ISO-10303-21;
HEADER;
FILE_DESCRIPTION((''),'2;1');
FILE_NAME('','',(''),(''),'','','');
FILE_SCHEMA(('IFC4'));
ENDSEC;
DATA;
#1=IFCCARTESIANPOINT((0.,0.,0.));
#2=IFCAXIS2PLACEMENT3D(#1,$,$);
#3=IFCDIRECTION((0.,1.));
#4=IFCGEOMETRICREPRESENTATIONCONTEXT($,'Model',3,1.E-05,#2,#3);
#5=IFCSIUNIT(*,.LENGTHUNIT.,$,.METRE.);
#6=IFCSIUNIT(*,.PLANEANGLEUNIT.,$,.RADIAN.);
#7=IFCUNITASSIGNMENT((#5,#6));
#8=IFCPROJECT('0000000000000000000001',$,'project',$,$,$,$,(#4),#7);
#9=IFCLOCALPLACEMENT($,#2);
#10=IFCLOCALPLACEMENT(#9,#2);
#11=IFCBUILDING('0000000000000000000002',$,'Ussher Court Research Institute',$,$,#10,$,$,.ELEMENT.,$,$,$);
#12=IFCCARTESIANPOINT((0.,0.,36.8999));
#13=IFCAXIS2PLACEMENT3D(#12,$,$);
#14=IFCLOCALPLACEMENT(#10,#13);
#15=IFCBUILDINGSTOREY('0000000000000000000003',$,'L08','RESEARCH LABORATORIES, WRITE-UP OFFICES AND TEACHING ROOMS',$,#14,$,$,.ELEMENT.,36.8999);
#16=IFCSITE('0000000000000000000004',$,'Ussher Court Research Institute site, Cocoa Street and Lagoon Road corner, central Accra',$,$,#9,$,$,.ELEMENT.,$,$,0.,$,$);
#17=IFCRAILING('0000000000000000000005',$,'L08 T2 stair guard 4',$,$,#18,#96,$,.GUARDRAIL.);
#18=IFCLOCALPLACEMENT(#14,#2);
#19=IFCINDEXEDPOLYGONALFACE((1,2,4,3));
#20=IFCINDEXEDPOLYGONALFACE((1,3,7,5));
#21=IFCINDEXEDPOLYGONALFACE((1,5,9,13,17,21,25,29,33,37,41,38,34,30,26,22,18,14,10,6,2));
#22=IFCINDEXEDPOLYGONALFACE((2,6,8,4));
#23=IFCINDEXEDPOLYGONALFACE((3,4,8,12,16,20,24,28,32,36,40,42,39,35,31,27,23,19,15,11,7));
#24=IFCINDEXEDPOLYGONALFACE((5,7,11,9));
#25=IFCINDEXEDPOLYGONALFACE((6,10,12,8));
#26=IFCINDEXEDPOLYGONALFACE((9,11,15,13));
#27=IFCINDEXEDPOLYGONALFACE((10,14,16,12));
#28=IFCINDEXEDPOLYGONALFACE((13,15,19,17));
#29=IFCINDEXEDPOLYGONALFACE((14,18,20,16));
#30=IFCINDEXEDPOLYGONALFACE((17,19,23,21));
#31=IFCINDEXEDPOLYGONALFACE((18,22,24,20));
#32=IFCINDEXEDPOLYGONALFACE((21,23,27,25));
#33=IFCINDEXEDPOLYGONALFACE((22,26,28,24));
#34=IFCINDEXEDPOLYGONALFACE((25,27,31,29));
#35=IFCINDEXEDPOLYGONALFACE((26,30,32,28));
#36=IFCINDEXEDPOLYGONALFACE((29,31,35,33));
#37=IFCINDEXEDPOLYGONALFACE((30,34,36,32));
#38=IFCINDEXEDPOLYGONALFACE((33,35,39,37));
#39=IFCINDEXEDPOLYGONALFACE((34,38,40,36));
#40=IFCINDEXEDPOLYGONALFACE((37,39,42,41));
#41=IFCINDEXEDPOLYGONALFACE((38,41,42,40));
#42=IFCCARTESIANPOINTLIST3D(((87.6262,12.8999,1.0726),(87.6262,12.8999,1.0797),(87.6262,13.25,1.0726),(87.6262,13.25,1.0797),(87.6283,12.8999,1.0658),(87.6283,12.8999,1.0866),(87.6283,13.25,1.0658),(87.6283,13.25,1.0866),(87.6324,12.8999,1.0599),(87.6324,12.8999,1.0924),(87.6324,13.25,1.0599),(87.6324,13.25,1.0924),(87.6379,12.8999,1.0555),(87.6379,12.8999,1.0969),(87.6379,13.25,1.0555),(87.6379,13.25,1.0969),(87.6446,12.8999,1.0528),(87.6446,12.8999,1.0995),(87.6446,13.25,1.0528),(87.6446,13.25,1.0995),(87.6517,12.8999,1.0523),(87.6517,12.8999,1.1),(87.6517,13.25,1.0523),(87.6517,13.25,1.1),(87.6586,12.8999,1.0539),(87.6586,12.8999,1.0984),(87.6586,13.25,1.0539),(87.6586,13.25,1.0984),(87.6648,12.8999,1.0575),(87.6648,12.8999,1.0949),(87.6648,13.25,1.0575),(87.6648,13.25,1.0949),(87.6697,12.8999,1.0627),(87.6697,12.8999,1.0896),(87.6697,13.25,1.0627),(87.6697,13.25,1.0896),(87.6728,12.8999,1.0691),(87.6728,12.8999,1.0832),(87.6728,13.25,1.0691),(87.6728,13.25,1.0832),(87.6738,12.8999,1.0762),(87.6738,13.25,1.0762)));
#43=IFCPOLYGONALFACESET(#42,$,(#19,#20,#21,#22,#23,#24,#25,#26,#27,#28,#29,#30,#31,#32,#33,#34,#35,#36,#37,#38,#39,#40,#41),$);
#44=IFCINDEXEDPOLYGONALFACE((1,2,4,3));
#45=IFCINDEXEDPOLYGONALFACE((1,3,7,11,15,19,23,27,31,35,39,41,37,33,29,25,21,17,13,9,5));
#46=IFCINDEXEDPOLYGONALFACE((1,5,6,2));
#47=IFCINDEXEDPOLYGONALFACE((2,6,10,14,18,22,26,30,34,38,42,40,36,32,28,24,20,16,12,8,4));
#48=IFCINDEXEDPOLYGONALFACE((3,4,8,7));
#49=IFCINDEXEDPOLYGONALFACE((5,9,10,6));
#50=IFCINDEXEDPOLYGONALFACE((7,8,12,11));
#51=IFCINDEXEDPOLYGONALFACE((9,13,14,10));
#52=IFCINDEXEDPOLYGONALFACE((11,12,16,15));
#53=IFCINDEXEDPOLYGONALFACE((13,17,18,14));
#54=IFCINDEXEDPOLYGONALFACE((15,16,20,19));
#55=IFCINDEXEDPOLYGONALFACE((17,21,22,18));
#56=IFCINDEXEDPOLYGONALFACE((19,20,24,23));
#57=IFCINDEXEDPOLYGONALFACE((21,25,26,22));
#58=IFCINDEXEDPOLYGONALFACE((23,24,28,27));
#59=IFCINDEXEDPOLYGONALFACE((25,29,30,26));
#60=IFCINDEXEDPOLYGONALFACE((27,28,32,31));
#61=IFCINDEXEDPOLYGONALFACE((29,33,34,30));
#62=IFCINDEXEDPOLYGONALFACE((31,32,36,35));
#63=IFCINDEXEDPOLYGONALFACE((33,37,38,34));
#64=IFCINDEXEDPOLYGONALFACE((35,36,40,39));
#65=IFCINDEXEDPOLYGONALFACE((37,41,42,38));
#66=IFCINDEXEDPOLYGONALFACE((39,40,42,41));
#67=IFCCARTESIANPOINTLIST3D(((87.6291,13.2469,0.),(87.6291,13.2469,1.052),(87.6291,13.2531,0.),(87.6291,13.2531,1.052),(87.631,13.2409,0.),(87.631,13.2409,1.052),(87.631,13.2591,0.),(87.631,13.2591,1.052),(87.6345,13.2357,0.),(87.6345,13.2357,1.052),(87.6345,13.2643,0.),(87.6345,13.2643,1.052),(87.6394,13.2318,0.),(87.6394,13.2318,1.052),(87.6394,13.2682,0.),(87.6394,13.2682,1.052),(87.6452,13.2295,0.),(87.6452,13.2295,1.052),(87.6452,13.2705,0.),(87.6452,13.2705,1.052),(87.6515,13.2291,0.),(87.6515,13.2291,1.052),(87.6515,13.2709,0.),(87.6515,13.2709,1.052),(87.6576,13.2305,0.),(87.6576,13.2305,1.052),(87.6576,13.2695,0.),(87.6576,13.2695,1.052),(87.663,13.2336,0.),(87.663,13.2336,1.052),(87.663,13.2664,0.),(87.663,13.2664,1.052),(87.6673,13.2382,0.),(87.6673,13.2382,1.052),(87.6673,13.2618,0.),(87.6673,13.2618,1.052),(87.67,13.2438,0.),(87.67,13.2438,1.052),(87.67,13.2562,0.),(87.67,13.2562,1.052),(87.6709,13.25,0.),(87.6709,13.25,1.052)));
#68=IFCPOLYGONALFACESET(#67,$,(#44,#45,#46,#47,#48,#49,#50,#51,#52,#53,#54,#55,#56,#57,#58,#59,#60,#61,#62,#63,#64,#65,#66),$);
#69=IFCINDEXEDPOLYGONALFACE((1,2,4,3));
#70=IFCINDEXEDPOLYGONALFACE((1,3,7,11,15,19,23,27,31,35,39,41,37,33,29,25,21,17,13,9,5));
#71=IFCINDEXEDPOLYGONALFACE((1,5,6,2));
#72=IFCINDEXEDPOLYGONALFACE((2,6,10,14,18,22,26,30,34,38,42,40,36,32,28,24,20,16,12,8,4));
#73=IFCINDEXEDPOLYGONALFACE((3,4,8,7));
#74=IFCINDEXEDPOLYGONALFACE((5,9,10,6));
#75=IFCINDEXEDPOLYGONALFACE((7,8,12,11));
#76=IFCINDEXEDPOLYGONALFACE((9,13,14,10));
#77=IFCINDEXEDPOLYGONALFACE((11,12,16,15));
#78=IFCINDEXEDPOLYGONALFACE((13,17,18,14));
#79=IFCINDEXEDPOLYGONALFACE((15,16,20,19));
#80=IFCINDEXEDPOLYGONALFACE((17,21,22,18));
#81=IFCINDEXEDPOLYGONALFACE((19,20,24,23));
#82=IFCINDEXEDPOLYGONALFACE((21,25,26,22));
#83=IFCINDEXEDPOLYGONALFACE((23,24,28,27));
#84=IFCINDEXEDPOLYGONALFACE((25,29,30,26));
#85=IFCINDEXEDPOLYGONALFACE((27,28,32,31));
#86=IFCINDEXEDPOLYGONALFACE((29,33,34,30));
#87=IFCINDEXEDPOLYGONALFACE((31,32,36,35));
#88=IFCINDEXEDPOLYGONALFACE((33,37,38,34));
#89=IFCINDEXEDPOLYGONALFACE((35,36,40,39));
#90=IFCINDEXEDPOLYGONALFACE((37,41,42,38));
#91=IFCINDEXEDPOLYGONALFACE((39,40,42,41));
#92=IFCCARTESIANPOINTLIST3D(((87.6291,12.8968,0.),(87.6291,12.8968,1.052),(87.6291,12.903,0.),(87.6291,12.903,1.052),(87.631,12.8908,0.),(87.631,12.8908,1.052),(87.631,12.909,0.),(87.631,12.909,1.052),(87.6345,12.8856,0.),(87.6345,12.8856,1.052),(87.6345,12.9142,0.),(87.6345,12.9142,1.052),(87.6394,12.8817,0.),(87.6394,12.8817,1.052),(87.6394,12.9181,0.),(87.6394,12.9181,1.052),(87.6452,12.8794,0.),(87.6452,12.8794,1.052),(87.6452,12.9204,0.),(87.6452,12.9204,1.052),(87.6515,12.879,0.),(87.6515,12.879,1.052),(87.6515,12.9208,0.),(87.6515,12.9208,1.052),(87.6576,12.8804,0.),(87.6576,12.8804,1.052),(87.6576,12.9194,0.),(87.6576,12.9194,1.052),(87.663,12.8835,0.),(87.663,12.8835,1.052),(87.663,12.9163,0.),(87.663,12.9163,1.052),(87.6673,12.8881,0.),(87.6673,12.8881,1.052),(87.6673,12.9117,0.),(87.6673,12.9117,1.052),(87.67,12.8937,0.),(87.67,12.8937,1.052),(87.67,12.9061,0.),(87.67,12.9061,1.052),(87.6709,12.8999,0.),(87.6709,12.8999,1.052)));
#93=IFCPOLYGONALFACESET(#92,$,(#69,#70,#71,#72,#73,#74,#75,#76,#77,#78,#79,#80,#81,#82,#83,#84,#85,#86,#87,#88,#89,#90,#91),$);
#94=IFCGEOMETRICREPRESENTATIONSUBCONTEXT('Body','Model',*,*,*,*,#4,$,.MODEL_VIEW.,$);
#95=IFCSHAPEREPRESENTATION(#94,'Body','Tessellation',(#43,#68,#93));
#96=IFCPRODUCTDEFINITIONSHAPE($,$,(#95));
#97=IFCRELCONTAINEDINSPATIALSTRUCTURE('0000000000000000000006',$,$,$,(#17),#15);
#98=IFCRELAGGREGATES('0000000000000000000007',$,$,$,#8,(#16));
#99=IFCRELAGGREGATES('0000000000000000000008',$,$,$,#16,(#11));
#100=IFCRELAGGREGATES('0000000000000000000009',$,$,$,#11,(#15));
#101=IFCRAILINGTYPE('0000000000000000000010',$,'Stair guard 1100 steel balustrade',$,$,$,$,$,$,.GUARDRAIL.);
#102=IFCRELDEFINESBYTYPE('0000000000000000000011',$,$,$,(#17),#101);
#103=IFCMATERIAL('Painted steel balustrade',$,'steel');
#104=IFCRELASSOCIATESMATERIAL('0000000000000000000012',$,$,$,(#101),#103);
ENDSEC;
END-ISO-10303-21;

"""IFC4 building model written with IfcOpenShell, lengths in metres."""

from ifc_helpers import new_model, si_unit, direction, frame, origin, origin_2d, place, context, subcontext, project, spatial, circle, extrude, material, type_object, element, save


model = new_model("IFC4")

# Units and contexts
model_context = context("Model", 3, precision=1e-05, world=origin(), true_north=direction((0.0, 1.0)))
body_context = subcontext(model_context, "Body", "Model", "MODEL_VIEW")
ifc_project = project(units=[si_unit("LENGTHUNIT", "METRE"), si_unit("PLANEANGLEUNIT", "RADIAN")], contexts=[model_context])

# Site, building, storey
site_placement = place(None, origin())
site = spatial("IfcSite", under=ifc_project, at=site_placement, Name="Ussher Court Research Institute site, Cocoa Street and Lagoon Road corner, central Accra", CompositionType="ELEMENT", RefElevation=0.0)
building_placement = place(site_placement, origin())
building = spatial("IfcBuilding", under=site, at=building_placement, Name="Ussher Court Research Institute", CompositionType="ELEMENT")
storey_placement = place(building_placement, frame((0.0, 0.0, 36.8999)))
storey = spatial("IfcBuildingStorey", under=building, at=storey_placement, Name="L08", Description="RESEARCH LABORATORIES, WRITE-UP OFFICES AND TEACHING ROOMS", CompositionType="ELEMENT", Elevation=36.8999)

# Railing
ifc_material_1 = material(Name="Painted steel balustrade", Category="steel")
railing_type_1 = type_object("IfcRailingType", Name="Stair guard 1100 steel balustrade", PredefinedType="GUARDRAIL", material=ifc_material_1)
railing_1_placement = place(storey_placement, frame((87.6499, 13.25, 0.0)))
element("IfcRailing", 1, at=railing_1_placement, inside=storey, type_object=railing_type_1, Name="L08 T2 stair guard 4", PredefinedType="GUARDRAIL", context=body_context, shape_type="SweptSolid", body=[
    extrude(circle(Radius=0.0239, at=origin_2d()), frame((0.0, 0.0, 1.0762), z_axis=(0.0, -1.0, 0.0), x_axis=(1.0, 0.0, 0.0)), (0.0, 0.0, 1.0), 0.3501),
    extrude(circle(Radius=0.021, at=origin_2d()), origin(), (0.0, 0.0, 1.0), 1.052),
    extrude(circle(Radius=0.021, at=origin_2d()), frame((0.0, -0.3501, 0.0)), (0.0, 0.0, 1.0), 1.052),
])

save(model, "model.ifc")
